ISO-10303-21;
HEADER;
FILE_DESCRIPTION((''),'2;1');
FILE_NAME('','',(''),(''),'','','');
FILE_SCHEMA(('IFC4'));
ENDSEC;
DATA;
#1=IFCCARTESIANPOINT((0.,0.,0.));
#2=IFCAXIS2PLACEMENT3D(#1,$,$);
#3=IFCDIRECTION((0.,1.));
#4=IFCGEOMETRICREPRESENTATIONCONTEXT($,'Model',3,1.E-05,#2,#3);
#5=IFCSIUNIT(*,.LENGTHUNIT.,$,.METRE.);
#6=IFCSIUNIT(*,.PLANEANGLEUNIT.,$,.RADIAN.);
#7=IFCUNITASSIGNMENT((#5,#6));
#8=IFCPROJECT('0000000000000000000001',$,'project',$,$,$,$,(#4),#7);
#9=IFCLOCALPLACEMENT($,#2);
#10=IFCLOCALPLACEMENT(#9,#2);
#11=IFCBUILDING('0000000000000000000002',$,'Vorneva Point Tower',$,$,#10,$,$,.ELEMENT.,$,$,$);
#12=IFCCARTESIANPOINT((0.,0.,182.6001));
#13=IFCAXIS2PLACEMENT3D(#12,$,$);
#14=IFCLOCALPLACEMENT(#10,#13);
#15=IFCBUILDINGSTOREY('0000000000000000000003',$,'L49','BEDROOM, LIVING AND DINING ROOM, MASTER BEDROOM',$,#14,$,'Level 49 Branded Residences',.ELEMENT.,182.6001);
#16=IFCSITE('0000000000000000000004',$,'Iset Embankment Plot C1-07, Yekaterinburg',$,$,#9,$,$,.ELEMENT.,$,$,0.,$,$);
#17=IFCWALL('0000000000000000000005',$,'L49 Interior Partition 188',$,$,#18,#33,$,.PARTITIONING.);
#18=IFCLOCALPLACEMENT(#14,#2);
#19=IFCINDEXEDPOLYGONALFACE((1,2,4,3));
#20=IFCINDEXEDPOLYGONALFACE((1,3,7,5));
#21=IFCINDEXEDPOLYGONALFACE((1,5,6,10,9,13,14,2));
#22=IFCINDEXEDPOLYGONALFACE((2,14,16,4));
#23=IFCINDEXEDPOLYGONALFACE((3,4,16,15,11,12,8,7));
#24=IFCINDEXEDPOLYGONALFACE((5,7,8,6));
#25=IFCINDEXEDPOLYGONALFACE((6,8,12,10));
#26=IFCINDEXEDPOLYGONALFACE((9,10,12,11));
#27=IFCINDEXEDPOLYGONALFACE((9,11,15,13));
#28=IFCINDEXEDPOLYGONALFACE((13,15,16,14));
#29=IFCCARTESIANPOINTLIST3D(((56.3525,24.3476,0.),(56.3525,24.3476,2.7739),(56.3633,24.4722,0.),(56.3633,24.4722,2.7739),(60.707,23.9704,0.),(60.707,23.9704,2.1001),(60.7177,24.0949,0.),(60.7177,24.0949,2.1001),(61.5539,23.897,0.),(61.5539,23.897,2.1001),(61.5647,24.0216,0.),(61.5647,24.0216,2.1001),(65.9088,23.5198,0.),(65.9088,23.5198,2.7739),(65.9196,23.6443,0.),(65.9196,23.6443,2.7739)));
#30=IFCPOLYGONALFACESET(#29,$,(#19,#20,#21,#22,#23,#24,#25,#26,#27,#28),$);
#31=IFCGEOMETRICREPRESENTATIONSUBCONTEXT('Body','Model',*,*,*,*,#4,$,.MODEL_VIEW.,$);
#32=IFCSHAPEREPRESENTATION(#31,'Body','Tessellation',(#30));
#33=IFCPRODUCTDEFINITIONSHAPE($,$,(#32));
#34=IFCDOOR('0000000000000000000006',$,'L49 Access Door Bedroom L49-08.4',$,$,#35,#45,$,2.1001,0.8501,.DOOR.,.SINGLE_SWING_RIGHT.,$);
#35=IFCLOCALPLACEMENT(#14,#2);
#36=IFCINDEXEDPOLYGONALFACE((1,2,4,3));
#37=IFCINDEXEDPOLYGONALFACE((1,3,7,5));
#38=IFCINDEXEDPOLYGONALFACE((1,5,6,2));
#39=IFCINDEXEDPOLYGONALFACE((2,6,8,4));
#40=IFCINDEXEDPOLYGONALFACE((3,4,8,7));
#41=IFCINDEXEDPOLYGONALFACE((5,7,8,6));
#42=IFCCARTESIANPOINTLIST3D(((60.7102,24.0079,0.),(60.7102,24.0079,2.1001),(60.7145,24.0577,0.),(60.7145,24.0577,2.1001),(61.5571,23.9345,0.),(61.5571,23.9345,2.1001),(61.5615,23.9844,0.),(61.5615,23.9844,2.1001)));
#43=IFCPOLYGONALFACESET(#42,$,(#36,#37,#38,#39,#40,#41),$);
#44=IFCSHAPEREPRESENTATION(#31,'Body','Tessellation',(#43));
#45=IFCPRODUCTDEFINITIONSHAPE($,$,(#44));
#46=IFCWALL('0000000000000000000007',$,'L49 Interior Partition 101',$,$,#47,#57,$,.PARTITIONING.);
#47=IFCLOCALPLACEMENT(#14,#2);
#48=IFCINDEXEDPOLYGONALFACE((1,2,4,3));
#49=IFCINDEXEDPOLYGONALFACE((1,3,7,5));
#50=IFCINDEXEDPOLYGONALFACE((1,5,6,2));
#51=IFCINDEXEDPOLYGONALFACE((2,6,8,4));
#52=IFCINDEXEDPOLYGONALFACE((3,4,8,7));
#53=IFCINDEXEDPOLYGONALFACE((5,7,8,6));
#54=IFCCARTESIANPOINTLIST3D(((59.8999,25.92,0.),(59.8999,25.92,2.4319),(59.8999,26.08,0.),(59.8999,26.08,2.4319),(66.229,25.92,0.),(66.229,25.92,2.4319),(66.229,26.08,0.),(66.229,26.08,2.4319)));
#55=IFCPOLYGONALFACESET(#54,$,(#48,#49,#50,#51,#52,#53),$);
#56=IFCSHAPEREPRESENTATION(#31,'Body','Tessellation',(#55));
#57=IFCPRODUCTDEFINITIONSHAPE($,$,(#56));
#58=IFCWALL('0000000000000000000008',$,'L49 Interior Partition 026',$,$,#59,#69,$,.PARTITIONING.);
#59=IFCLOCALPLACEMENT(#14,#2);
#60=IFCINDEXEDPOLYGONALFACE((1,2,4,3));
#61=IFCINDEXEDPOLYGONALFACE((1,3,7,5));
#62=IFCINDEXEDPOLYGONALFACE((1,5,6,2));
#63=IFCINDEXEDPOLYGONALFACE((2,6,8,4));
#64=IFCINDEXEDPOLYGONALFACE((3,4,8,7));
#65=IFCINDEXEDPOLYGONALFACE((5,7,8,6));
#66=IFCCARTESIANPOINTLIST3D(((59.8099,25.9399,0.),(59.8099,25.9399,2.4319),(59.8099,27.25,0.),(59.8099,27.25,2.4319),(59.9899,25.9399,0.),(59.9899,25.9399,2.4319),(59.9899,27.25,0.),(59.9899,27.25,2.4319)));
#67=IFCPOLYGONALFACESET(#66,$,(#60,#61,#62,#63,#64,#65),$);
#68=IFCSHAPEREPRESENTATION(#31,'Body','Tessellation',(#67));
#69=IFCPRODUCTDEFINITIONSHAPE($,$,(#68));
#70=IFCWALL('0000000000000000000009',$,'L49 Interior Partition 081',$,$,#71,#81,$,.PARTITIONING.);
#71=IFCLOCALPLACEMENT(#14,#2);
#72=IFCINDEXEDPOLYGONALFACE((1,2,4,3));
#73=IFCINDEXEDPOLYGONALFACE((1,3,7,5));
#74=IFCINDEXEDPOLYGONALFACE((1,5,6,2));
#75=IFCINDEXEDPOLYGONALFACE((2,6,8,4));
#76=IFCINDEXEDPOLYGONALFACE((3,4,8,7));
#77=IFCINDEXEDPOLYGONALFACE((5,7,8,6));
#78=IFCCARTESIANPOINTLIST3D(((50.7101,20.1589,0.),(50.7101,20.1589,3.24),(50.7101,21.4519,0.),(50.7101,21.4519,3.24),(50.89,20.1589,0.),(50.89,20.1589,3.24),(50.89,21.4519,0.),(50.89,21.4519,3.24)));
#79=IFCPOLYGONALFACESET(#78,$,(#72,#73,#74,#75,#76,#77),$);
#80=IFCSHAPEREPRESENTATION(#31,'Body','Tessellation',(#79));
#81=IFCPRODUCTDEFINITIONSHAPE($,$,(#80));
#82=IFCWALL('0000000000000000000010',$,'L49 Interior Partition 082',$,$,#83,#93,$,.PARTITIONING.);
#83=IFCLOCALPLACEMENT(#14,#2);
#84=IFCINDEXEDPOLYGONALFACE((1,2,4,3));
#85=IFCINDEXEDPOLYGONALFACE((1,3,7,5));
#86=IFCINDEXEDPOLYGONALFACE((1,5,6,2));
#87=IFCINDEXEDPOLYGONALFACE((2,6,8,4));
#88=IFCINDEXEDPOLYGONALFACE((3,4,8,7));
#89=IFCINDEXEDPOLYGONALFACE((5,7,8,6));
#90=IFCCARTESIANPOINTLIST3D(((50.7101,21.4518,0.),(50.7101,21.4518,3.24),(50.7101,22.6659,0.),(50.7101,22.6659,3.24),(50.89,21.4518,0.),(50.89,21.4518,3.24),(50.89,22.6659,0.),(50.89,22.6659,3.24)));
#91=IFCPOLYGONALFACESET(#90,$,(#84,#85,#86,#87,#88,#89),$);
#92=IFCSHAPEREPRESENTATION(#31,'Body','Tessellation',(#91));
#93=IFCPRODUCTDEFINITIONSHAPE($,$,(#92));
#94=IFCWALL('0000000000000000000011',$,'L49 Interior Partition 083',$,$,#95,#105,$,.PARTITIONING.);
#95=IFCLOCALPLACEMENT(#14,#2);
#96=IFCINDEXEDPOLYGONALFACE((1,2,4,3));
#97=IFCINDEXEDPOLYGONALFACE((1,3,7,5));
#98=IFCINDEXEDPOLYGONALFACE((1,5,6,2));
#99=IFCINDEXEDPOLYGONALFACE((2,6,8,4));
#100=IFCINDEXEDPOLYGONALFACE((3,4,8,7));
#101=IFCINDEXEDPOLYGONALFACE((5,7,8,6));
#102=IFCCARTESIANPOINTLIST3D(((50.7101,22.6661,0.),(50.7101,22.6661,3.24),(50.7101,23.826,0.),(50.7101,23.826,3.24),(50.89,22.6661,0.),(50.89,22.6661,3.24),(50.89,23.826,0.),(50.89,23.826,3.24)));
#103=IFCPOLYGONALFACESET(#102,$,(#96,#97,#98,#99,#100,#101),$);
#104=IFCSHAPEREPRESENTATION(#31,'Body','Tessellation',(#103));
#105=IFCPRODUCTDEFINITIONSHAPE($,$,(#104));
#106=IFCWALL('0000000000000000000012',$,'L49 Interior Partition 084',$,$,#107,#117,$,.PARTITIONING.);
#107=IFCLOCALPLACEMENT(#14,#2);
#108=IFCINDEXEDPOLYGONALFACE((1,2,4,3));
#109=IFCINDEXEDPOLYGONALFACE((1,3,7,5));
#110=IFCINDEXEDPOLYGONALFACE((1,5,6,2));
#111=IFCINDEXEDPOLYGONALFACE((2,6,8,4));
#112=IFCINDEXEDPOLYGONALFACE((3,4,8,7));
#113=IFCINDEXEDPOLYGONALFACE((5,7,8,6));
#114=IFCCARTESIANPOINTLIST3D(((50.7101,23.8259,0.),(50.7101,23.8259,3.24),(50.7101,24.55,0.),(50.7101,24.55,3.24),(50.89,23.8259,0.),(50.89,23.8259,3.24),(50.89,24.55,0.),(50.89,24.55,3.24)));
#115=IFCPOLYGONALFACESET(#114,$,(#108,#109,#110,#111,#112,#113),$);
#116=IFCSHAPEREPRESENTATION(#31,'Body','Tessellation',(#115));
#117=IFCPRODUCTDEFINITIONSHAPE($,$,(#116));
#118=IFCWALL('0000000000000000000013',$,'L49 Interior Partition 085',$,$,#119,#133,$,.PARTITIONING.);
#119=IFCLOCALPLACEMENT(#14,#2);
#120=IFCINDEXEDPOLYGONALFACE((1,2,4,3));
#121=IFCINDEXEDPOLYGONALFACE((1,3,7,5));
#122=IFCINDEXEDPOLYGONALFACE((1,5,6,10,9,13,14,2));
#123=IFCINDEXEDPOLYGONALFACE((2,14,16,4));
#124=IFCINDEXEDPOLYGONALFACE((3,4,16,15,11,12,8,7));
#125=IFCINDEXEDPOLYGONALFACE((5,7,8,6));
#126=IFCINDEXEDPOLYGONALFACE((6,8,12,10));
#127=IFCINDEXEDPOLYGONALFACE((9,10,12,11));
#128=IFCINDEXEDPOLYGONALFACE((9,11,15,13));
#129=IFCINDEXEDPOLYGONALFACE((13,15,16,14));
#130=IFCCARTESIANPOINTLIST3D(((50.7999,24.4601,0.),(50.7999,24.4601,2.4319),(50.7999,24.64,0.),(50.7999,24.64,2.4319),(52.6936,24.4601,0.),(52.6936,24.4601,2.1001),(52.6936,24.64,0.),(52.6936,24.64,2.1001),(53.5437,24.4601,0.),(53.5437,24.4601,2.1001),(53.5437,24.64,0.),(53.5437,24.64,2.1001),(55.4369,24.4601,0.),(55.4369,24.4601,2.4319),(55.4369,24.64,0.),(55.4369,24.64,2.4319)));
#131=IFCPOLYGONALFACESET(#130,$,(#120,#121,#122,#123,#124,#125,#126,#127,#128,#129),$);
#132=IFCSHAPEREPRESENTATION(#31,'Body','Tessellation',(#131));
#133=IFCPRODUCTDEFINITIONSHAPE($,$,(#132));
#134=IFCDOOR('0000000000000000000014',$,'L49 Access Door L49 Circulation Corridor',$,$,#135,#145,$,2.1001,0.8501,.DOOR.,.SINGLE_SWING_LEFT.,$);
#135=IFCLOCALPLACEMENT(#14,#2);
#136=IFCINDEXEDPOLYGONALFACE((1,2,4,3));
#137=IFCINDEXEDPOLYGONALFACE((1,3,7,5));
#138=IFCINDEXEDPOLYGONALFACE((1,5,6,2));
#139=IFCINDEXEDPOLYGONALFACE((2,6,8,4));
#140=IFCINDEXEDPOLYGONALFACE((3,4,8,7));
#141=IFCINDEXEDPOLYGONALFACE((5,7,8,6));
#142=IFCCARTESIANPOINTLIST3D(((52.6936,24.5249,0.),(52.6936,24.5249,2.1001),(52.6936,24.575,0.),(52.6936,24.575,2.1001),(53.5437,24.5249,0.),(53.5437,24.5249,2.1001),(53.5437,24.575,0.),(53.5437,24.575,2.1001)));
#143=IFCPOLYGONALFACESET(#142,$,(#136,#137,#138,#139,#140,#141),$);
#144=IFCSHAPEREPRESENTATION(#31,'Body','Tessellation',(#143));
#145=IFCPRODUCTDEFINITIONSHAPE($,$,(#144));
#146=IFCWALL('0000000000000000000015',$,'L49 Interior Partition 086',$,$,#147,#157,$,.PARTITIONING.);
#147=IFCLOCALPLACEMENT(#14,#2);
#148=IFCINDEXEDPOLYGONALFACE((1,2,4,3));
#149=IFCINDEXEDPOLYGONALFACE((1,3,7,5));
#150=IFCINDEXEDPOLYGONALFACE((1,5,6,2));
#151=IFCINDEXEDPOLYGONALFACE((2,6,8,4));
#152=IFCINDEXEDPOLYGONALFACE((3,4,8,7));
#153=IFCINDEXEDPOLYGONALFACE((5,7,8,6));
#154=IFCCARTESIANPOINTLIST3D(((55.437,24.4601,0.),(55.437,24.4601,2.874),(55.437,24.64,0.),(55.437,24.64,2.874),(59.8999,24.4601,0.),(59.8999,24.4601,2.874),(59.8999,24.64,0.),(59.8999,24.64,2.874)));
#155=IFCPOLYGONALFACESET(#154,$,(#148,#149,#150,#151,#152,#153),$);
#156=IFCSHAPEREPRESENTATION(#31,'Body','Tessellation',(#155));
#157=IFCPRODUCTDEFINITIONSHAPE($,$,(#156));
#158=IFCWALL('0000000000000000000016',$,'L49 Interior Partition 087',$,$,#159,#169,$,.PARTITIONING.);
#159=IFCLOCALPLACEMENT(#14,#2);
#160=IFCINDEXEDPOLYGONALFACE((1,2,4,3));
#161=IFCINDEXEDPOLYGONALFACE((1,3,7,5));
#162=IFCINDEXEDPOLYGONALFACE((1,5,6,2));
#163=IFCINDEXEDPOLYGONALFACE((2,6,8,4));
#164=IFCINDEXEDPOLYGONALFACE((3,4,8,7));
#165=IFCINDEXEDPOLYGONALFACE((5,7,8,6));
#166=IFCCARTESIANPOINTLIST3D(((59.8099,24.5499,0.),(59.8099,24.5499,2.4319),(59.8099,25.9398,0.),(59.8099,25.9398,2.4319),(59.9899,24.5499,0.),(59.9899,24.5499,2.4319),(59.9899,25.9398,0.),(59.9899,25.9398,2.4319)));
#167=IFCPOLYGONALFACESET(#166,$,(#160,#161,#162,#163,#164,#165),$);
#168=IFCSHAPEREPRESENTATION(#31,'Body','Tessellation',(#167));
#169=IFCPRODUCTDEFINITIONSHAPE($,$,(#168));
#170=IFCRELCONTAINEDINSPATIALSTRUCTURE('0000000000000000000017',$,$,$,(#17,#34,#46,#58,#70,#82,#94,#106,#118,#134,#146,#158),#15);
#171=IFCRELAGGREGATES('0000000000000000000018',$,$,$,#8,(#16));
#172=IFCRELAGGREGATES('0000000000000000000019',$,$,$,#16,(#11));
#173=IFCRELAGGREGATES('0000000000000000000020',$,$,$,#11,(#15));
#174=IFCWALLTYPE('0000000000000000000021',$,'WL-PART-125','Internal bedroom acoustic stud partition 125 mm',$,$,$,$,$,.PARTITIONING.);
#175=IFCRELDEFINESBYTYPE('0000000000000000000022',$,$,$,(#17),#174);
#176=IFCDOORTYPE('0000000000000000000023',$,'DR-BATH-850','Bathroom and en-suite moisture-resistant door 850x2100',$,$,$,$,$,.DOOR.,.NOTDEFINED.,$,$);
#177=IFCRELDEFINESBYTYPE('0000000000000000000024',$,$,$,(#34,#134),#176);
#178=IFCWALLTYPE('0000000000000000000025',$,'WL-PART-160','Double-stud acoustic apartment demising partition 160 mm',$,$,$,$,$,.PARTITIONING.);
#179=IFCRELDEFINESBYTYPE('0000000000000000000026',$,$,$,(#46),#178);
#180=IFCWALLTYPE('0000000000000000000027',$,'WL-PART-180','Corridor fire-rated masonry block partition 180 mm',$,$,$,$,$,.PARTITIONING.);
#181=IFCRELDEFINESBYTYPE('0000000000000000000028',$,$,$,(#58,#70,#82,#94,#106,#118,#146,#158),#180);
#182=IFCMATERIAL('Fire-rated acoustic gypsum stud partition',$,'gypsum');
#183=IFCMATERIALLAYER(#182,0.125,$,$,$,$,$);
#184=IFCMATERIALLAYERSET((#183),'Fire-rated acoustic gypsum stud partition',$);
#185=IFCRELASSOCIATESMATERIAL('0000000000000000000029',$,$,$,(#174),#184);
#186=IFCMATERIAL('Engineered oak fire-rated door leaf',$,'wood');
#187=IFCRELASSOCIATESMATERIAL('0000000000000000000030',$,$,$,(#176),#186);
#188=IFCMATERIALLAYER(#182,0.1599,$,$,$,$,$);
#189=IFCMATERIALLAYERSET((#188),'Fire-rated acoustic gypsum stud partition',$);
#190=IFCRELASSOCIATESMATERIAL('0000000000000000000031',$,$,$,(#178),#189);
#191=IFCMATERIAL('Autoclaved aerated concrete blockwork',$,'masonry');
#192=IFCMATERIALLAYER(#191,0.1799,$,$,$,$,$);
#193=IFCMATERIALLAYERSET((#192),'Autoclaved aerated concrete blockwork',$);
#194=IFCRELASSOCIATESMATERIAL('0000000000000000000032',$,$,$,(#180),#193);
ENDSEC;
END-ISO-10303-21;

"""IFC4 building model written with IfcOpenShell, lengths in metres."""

from ifc_helpers import new_model, si_unit, direction, frame, frame_2d, origin, place, context, subcontext, project, spatial, rectangle, extrude, material, layer, layer_set, type_object, element, fill, save


model = new_model("IFC4")

# Units and contexts
model_context = context("Model", 3, precision=1e-05, world=origin(), true_north=direction((0.0, 1.0)))
body_context = subcontext(model_context, "Body", "Model", "MODEL_VIEW")
ifc_project = project(units=[si_unit("LENGTHUNIT", "METRE"), si_unit("PLANEANGLEUNIT", "RADIAN")], contexts=[model_context])

# Site, building, storey
site_placement = place(None, origin())
site = spatial("IfcSite", under=ifc_project, at=site_placement, Name="Iset Embankment Plot C1-07, Yekaterinburg", CompositionType="ELEMENT", RefElevation=0.0)
building_placement = place(site_placement, origin())
building = spatial("IfcBuilding", under=site, at=building_placement, Name="Vorneva Point Tower", CompositionType="ELEMENT")
storey_placement = place(building_placement, frame((0.0, 0.0, 182.6001)))
storey = spatial("IfcBuildingStorey", under=building, at=storey_placement, Name="L49", Description="BEDROOM, LIVING AND DINING ROOM, MASTER BEDROOM", LongName="Level 49 Branded Residences", CompositionType="ELEMENT", Elevation=182.6001)

# Shared definitions
ifc_material_1 = material(Name="Fire-rated acoustic gypsum stud partition", Category="gypsum")
ifc_layer_1 = layer(ifc_material_1, 0.125)
ifc_layer_set_1 = layer_set([ifc_layer_1], Name="Fire-rated acoustic gypsum stud partition")
wall_type_1 = type_object("IfcWallType", Name="WL-PART-125", Description="Internal bedroom acoustic stud partition 125 mm", PredefinedType="PARTITIONING", material=ifc_layer_set_1)
ifc_material_2 = material(Name="Engineered oak fire-rated door leaf", Category="wood")
door_type_1 = type_object("IfcDoorType", Name="DR-BATH-850", Description="Bathroom and en-suite moisture-resistant door 850x2100", OperationType="NOTDEFINED", PredefinedType="DOOR", material=ifc_material_2)

# Wall, opening, door
wall_1_placement = place(storey_placement, frame((65.9141, 23.582, 0.0), z_axis=(0.0, 0.0, 1.0), x_axis=(-0.996268, 0.08631, 0.0)))
wall_1 = element("IfcWall", 1, at=wall_1_placement, inside=storey, type_object=wall_type_1, Name="L49 Interior Partition 188", PredefinedType="PARTITIONING", context=body_context, shape_type="SweptSolid", body=[
    extrude(rectangle(XDim=9.592, YDim=0.125, at=frame_2d((4.7959, 0.0))), origin(), (0.0, 0.0, 1.0), 2.7739),
])
opening_1_placement = place(wall_1_placement, frame((4.3711, 0.0, 0.0)))
opening_1 = element("IfcOpeningElement", 2, at=opening_1_placement, cuts=wall_1, PredefinedType="OPENING", context=body_context, shape_type="SweptSolid", body=[
    extrude(rectangle(XDim=0.8501, YDim=2.1001, at=frame_2d((0.425, 1.05))), frame((0.0, 0.0774, 0.0), z_axis=(0.0, -1.0, 0.0), x_axis=(1.0, 0.0, 0.0)), (0.0, 0.0, 1.0), 0.1548),
])
door_1_placement = place(opening_1_placement, origin())
door_1 = element("IfcDoor", 3, at=door_1_placement, inside=storey, type_object=door_type_1, Name="L49 Access Door Bedroom L49-08.4", OperationType="SINGLE_SWING_RIGHT", OverallHeight=2.1001, OverallWidth=0.8501, PredefinedType="DOOR", context=body_context, shape_type="SweptSolid", body=[
    extrude(rectangle(XDim=0.8501, YDim=2.1001, at=frame_2d((0.425, 1.05))), frame((0.0, 0.0249, 0.0), z_axis=(0.0, -1.0, 0.0), x_axis=(1.0, 0.0, 0.0)), (0.0, 0.0, 1.0), 0.05),
])
fill(opening_1, door_1)

# Walls
ifc_layer_2 = layer(ifc_material_1, 0.1599)
ifc_layer_set_2 = layer_set([ifc_layer_2], Name="Fire-rated acoustic gypsum stud partition")
wall_type_2 = type_object("IfcWallType", Name="WL-PART-160", Description="Double-stud acoustic apartment demising partition 160 mm", PredefinedType="PARTITIONING", material=ifc_layer_set_2)
wall_2_placement = place(storey_placement, frame((59.8999, 26.0, 0.0), z_axis=(0.0, 0.0, 1.0), x_axis=(1.0, 0.0, 0.0)))
element("IfcWall", 4, at=wall_2_placement, inside=storey, type_object=wall_type_2, Name="L49 Interior Partition 101", PredefinedType="PARTITIONING", context=body_context, shape_type="SweptSolid", body=[
    extrude(rectangle(XDim=6.3291, YDim=0.1599, at=frame_2d((3.1646, 0.0))), origin(), (0.0, 0.0, 1.0), 2.4319),
])
ifc_material_3 = material(Name="Autoclaved aerated concrete blockwork", Category="masonry")
ifc_layer_3 = layer(ifc_material_3, 0.1799)
ifc_layer_set_3 = layer_set([ifc_layer_3], Name="Autoclaved aerated concrete blockwork")
wall_type_3 = type_object("IfcWallType", Name="WL-PART-180", Description="Corridor fire-rated masonry block partition 180 mm", PredefinedType="PARTITIONING", material=ifc_layer_set_3)
wall_3_placement = place(storey_placement, frame((59.8999, 25.9399, 0.0), z_axis=(0.0, 0.0, 1.0), x_axis=(0.0, 1.0, 0.0)))
element("IfcWall", 5, at=wall_3_placement, inside=storey, type_object=wall_type_3, Name="L49 Interior Partition 026", PredefinedType="PARTITIONING", context=body_context, shape_type="SweptSolid", body=[
    extrude(rectangle(XDim=1.3101, YDim=0.1799, at=frame_2d((0.655, 0.0))), origin(), (0.0, 0.0, 1.0), 2.4319),
])
wall_4_placement = place(storey_placement, frame((50.8, 20.1589, 0.0), z_axis=(0.0, 0.0, 1.0), x_axis=(0.0, 1.0, 0.0)))
element("IfcWall", 6, at=wall_4_placement, inside=storey, type_object=wall_type_3, Name="L49 Interior Partition 081", PredefinedType="PARTITIONING", context=body_context, shape_type="SweptSolid", body=[
    extrude(rectangle(XDim=1.293, YDim=0.1799, at=frame_2d((0.6465, 0.0))), origin(), (0.0, 0.0, 1.0), 3.24),
])
wall_5_placement = place(storey_placement, frame((50.8, 21.4519, 0.0), z_axis=(0.0, 0.0, 1.0), x_axis=(0.0, 1.0, 0.0)))
element("IfcWall", 7, at=wall_5_placement, inside=storey, type_object=wall_type_3, Name="L49 Interior Partition 082", PredefinedType="PARTITIONING", context=body_context, shape_type="SweptSolid", body=[
    extrude(rectangle(XDim=1.2141, YDim=0.1799, at=frame_2d((0.6069, 0.0))), origin(), (0.0, 0.0, 1.0), 3.24),
])
wall_6_placement = place(storey_placement, frame((50.8, 22.666, 0.0), z_axis=(0.0, 0.0, 1.0), x_axis=(0.0, 1.0, 0.0)))
element("IfcWall", 8, at=wall_6_placement, inside=storey, type_object=wall_type_3, Name="L49 Interior Partition 083", PredefinedType="PARTITIONING", context=body_context, shape_type="SweptSolid", body=[
    extrude(rectangle(XDim=1.1599, YDim=0.1799, at=frame_2d((0.5801, 0.0))), origin(), (0.0, 0.0, 1.0), 3.24),
])
wall_7_placement = place(storey_placement, frame((50.8, 23.8259, 0.0), z_axis=(0.0, 0.0, 1.0), x_axis=(0.0, 1.0, 0.0)))
element("IfcWall", 9, at=wall_7_placement, inside=storey, type_object=wall_type_3, Name="L49 Interior Partition 084", PredefinedType="PARTITIONING", context=body_context, shape_type="SweptSolid", body=[
    extrude(rectangle(XDim=0.7241, YDim=0.1799, at=frame_2d((0.3621, 0.0))), origin(), (0.0, 0.0, 1.0), 3.24),
])

# Wall, opening, door
wall_8_placement = place(storey_placement, frame((50.8, 24.55, 0.0), z_axis=(0.0, 0.0, 1.0), x_axis=(1.0, 0.0, 0.0)))
wall_8 = element("IfcWall", 10, at=wall_8_placement, inside=storey, type_object=wall_type_3, Name="L49 Interior Partition 085", PredefinedType="PARTITIONING", context=body_context, shape_type="SweptSolid", body=[
    extrude(rectangle(XDim=4.637, YDim=0.1799, at=frame_2d((2.3184, 0.0))), origin(), (0.0, 0.0, 1.0), 2.4319),
])
opening_2_placement = place(wall_8_placement, frame((1.8936, 0.0, 0.0)))
opening_2 = element("IfcOpeningElement", 11, at=opening_2_placement, cuts=wall_8, PredefinedType="OPENING", context=body_context, shape_type="SweptSolid", body=[
    extrude(rectangle(XDim=0.8501, YDim=2.1001, at=frame_2d((0.425, 1.05))), frame((0.0, 0.105, 0.0), z_axis=(0.0, -1.0, 0.0), x_axis=(1.0, 0.0, 0.0)), (0.0, 0.0, 1.0), 0.2097),
])
door_2_placement = place(opening_2_placement, origin())
door_2 = element("IfcDoor", 12, at=door_2_placement, inside=storey, type_object=door_type_1, Name="L49 Access Door L49 Circulation Corridor", OperationType="SINGLE_SWING_LEFT", OverallHeight=2.1001, OverallWidth=0.8501, PredefinedType="DOOR", context=body_context, shape_type="SweptSolid", body=[
    extrude(rectangle(XDim=0.8501, YDim=2.1001, at=frame_2d((0.425, 1.05))), frame((0.0, 0.0249, 0.0), z_axis=(0.0, -1.0, 0.0), x_axis=(1.0, 0.0, 0.0)), (0.0, 0.0, 1.0), 0.05),
])
fill(opening_2, door_2)

# Walls
wall_9_placement = place(storey_placement, frame((55.437, 24.55, 0.0), z_axis=(0.0, 0.0, 1.0), x_axis=(1.0, 0.0, 0.0)))
element("IfcWall", 13, at=wall_9_placement, inside=storey, type_object=wall_type_3, Name="L49 Interior Partition 086", PredefinedType="PARTITIONING", context=body_context, shape_type="SweptSolid", body=[
    extrude(rectangle(XDim=4.4629, YDim=0.1799, at=frame_2d((2.2314, 0.0))), origin(), (0.0, 0.0, 1.0), 2.874),
])
wall_10_placement = place(storey_placement, frame((59.8999, 24.55, 0.0), z_axis=(0.0, 0.0, 1.0), x_axis=(0.0, 1.0, 0.0)))
element("IfcWall", 14, at=wall_10_placement, inside=storey, type_object=wall_type_3, Name="L49 Interior Partition 087", PredefinedType="PARTITIONING", context=body_context, shape_type="SweptSolid", body=[
    extrude(rectangle(XDim=1.3899, YDim=0.1799, at=frame_2d((0.6948, 0.0))), origin(), (0.0, 0.0, 1.0), 2.4319),
])

save(model, "model.ifc")
